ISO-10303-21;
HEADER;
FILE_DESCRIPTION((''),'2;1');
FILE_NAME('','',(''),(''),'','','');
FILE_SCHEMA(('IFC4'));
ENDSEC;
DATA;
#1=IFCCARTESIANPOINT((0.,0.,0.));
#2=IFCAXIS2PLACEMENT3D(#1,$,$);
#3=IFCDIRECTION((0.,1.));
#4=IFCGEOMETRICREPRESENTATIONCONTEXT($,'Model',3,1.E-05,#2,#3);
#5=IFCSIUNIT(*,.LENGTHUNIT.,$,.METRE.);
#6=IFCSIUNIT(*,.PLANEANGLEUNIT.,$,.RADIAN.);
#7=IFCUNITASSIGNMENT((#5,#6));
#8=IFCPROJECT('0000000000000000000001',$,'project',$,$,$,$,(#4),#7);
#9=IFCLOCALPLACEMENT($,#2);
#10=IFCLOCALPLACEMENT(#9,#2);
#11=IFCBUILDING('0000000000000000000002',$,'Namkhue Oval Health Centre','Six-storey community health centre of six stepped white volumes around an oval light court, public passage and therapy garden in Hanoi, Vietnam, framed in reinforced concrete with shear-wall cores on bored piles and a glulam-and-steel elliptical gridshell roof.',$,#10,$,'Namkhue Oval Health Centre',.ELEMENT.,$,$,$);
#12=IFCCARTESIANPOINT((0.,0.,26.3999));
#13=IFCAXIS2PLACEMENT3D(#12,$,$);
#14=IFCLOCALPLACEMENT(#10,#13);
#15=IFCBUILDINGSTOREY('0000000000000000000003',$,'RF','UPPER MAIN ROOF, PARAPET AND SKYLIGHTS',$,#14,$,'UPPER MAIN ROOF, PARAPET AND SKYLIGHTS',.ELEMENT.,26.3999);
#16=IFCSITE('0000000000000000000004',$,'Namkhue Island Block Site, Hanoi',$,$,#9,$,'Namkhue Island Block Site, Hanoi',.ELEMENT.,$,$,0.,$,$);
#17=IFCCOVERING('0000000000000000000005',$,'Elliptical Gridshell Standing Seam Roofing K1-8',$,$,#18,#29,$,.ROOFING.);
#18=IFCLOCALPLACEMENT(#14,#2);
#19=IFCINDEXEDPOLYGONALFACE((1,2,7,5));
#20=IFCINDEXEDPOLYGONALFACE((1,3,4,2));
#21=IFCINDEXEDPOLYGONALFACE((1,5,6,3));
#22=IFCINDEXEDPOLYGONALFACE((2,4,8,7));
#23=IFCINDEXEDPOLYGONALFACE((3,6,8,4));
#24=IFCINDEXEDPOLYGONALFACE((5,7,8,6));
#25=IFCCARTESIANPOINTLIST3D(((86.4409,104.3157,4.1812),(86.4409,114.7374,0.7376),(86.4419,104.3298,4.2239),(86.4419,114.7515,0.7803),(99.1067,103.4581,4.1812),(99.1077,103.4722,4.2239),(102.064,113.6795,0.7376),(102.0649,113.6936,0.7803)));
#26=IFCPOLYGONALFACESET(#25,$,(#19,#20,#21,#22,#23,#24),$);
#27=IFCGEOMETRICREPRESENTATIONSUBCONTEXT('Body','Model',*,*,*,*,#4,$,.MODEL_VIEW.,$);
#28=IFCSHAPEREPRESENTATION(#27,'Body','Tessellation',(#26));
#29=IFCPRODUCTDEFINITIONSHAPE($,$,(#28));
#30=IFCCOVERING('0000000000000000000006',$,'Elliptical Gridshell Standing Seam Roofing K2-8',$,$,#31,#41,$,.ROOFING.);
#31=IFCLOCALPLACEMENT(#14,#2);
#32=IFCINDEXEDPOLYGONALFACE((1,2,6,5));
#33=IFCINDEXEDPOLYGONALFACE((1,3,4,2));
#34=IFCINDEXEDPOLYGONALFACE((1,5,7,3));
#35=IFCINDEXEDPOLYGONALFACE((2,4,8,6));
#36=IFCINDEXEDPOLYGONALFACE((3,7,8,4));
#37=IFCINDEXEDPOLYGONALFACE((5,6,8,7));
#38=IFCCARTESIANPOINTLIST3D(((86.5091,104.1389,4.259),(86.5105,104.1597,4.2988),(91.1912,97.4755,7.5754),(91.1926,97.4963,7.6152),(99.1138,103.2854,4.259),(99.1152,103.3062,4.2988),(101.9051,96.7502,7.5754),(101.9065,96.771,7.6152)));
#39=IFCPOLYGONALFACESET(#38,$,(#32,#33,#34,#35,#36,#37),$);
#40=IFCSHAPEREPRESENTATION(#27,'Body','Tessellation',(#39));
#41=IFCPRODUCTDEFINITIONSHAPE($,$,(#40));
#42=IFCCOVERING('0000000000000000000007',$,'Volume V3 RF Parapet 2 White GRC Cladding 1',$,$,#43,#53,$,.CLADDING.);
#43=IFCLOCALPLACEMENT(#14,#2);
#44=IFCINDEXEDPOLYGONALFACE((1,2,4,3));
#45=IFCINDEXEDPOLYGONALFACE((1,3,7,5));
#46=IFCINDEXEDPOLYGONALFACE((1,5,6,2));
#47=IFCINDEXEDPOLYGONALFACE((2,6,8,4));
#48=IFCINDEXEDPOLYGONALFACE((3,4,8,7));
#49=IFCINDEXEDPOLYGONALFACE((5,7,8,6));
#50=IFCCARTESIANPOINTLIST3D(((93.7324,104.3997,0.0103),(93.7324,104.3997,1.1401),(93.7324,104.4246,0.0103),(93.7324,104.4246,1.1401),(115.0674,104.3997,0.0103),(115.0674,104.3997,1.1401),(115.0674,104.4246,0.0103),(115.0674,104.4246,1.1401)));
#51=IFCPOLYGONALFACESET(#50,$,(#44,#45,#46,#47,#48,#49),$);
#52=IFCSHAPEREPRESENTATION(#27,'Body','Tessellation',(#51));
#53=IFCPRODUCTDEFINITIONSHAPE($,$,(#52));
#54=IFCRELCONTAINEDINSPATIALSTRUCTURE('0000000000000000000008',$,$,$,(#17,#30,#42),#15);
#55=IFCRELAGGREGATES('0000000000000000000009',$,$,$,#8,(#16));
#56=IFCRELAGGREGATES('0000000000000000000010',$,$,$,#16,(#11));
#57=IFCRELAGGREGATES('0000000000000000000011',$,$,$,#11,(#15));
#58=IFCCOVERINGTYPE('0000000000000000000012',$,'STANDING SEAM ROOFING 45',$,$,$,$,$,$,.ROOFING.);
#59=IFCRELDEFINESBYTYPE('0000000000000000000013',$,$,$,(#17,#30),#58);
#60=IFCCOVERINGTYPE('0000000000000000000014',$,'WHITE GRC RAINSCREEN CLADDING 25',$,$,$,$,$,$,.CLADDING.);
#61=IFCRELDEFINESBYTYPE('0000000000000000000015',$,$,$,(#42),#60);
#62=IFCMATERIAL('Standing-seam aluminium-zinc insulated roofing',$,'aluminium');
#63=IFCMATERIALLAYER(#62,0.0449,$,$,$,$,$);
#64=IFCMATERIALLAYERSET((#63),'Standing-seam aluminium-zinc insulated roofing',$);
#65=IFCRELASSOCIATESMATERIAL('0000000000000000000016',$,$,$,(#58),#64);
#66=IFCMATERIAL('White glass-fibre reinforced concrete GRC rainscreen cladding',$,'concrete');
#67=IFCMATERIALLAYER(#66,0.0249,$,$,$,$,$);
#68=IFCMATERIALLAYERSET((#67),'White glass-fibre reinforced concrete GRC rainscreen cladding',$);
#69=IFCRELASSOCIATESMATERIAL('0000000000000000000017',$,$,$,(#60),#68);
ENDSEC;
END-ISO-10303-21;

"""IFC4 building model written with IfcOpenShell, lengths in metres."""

from ifc_helpers import new_model, si_unit, direction, frame, origin, origin_2d, place, context, subcontext, project, spatial, polyline, rectangle, outline, extrude, material, layer, layer_set, type_object, element, save


model = new_model("IFC4")

# Units and contexts
model_context = context("Model", 3, precision=1e-05, world=origin(), true_north=direction((0.0, 1.0)))
body_context = subcontext(model_context, "Body", "Model", "MODEL_VIEW")
ifc_project = project(units=[si_unit("LENGTHUNIT", "METRE"), si_unit("PLANEANGLEUNIT", "RADIAN")], contexts=[model_context])

# Site, building, storey
site_placement = place(None, origin())
site = spatial("IfcSite", under=ifc_project, at=site_placement, Name="Namkhue Island Block Site, Hanoi", LongName="Namkhue Island Block Site, Hanoi", CompositionType="ELEMENT", RefElevation=0.0)
building_placement = place(site_placement, origin())
building = spatial("IfcBuilding", under=site, at=building_placement, Name="Namkhue Oval Health Centre", Description="Six-storey community health centre of six stepped white volumes around an oval light court, public passage and therapy garden in Hanoi, Vietnam, framed in reinforced concrete with shear-wall cores on bored piles and a glulam-and-steel elliptical gridshell roof.", LongName="Namkhue Oval Health Centre", CompositionType="ELEMENT")
storey_placement = place(building_placement, frame((0.0, 0.0, 26.3999)))
storey = spatial("IfcBuildingStorey", under=building, at=storey_placement, Name="RF", Description="UPPER MAIN ROOF, PARAPET AND SKYLIGHTS", LongName="UPPER MAIN ROOF, PARAPET AND SKYLIGHTS", CompositionType="ELEMENT", Elevation=26.3999)

# Coverings
ifc_material_1 = material(Name="Standing-seam aluminium-zinc insulated roofing", Category="aluminium")
ifc_layer_1 = layer(ifc_material_1, 0.0449)
ifc_layer_set_1 = layer_set([ifc_layer_1], Name="Standing-seam aluminium-zinc insulated roofing")
covering_type_1 = type_object("IfcCoveringType", Name="STANDING SEAM ROOFING 45", PredefinedType="ROOFING", material=ifc_layer_set_1)
covering_1_placement = place(storey_placement, frame((102.0649, 113.6936, 0.7803), z_axis=(0.02124, 0.313673, 0.949294), x_axis=(-0.997715, 0.067557, 0.0)))
element("IfcCovering", 1, at=covering_1_placement, inside=storey, type_object=covering_type_1, Name="Elliptical Gridshell Standing Seam Roofing K1-8", PredefinedType="ROOFING", context=body_context, shape_type="SweptSolid", body=[
    extrude(outline(polyline([(0.0, 0.0), (15.6588, 0.0), (14.9548, 10.9532), (2.26, 10.9533), (0.0, 0.0)])), origin(), (0.0, 0.0, -1.0), 0.0449),
])
covering_2_placement = place(storey_placement, frame((99.1152, 103.3062, 4.2988), z_axis=(0.031344, 0.462923, 0.885844), x_axis=(-0.997715, 0.067558, -0.000002)))
element("IfcCovering", 2, at=covering_2_placement, inside=storey, type_object=covering_type_1, Name="Elliptical Gridshell Standing Seam Roofing K2-8", PredefinedType="ROOFING", context=body_context, shape_type="SweptSolid", body=[
    extrude(outline(polyline([(0.0, 0.0), (12.6336, 0.0), (7.512, 7.1477), (-3.2264, 7.1476), (0.0, 0.0)])), origin(), (0.0, 0.0, -1.0), 0.0449),
])
ifc_material_2 = material(Name="White glass-fibre reinforced concrete GRC rainscreen cladding", Category="concrete")
ifc_layer_2 = layer(ifc_material_2, 0.0249)
ifc_layer_set_2 = layer_set([ifc_layer_2], Name="White glass-fibre reinforced concrete GRC rainscreen cladding")
covering_type_2 = type_object("IfcCoveringType", Name="WHITE GRC RAINSCREEN CLADDING 25", PredefinedType="CLADDING", material=ifc_layer_set_2)
covering_3_placement = place(storey_placement, frame((104.3999, 104.4121, 0.0103), z_axis=(0.0, 0.0, 1.0), x_axis=(1.0, 0.0, 0.0)))
element("IfcCovering", 3, at=covering_3_placement, inside=storey, type_object=covering_type_2, Name="Volume V3 RF Parapet 2 White GRC Cladding 1", PredefinedType="CLADDING", context=body_context, shape_type="SweptSolid", body=[
    extrude(rectangle(XDim=21.335, YDim=0.0249, at=origin_2d()), origin(), (0.0, 0.0, 1.0), 1.1299),
])

save(model, "model.ifc")
